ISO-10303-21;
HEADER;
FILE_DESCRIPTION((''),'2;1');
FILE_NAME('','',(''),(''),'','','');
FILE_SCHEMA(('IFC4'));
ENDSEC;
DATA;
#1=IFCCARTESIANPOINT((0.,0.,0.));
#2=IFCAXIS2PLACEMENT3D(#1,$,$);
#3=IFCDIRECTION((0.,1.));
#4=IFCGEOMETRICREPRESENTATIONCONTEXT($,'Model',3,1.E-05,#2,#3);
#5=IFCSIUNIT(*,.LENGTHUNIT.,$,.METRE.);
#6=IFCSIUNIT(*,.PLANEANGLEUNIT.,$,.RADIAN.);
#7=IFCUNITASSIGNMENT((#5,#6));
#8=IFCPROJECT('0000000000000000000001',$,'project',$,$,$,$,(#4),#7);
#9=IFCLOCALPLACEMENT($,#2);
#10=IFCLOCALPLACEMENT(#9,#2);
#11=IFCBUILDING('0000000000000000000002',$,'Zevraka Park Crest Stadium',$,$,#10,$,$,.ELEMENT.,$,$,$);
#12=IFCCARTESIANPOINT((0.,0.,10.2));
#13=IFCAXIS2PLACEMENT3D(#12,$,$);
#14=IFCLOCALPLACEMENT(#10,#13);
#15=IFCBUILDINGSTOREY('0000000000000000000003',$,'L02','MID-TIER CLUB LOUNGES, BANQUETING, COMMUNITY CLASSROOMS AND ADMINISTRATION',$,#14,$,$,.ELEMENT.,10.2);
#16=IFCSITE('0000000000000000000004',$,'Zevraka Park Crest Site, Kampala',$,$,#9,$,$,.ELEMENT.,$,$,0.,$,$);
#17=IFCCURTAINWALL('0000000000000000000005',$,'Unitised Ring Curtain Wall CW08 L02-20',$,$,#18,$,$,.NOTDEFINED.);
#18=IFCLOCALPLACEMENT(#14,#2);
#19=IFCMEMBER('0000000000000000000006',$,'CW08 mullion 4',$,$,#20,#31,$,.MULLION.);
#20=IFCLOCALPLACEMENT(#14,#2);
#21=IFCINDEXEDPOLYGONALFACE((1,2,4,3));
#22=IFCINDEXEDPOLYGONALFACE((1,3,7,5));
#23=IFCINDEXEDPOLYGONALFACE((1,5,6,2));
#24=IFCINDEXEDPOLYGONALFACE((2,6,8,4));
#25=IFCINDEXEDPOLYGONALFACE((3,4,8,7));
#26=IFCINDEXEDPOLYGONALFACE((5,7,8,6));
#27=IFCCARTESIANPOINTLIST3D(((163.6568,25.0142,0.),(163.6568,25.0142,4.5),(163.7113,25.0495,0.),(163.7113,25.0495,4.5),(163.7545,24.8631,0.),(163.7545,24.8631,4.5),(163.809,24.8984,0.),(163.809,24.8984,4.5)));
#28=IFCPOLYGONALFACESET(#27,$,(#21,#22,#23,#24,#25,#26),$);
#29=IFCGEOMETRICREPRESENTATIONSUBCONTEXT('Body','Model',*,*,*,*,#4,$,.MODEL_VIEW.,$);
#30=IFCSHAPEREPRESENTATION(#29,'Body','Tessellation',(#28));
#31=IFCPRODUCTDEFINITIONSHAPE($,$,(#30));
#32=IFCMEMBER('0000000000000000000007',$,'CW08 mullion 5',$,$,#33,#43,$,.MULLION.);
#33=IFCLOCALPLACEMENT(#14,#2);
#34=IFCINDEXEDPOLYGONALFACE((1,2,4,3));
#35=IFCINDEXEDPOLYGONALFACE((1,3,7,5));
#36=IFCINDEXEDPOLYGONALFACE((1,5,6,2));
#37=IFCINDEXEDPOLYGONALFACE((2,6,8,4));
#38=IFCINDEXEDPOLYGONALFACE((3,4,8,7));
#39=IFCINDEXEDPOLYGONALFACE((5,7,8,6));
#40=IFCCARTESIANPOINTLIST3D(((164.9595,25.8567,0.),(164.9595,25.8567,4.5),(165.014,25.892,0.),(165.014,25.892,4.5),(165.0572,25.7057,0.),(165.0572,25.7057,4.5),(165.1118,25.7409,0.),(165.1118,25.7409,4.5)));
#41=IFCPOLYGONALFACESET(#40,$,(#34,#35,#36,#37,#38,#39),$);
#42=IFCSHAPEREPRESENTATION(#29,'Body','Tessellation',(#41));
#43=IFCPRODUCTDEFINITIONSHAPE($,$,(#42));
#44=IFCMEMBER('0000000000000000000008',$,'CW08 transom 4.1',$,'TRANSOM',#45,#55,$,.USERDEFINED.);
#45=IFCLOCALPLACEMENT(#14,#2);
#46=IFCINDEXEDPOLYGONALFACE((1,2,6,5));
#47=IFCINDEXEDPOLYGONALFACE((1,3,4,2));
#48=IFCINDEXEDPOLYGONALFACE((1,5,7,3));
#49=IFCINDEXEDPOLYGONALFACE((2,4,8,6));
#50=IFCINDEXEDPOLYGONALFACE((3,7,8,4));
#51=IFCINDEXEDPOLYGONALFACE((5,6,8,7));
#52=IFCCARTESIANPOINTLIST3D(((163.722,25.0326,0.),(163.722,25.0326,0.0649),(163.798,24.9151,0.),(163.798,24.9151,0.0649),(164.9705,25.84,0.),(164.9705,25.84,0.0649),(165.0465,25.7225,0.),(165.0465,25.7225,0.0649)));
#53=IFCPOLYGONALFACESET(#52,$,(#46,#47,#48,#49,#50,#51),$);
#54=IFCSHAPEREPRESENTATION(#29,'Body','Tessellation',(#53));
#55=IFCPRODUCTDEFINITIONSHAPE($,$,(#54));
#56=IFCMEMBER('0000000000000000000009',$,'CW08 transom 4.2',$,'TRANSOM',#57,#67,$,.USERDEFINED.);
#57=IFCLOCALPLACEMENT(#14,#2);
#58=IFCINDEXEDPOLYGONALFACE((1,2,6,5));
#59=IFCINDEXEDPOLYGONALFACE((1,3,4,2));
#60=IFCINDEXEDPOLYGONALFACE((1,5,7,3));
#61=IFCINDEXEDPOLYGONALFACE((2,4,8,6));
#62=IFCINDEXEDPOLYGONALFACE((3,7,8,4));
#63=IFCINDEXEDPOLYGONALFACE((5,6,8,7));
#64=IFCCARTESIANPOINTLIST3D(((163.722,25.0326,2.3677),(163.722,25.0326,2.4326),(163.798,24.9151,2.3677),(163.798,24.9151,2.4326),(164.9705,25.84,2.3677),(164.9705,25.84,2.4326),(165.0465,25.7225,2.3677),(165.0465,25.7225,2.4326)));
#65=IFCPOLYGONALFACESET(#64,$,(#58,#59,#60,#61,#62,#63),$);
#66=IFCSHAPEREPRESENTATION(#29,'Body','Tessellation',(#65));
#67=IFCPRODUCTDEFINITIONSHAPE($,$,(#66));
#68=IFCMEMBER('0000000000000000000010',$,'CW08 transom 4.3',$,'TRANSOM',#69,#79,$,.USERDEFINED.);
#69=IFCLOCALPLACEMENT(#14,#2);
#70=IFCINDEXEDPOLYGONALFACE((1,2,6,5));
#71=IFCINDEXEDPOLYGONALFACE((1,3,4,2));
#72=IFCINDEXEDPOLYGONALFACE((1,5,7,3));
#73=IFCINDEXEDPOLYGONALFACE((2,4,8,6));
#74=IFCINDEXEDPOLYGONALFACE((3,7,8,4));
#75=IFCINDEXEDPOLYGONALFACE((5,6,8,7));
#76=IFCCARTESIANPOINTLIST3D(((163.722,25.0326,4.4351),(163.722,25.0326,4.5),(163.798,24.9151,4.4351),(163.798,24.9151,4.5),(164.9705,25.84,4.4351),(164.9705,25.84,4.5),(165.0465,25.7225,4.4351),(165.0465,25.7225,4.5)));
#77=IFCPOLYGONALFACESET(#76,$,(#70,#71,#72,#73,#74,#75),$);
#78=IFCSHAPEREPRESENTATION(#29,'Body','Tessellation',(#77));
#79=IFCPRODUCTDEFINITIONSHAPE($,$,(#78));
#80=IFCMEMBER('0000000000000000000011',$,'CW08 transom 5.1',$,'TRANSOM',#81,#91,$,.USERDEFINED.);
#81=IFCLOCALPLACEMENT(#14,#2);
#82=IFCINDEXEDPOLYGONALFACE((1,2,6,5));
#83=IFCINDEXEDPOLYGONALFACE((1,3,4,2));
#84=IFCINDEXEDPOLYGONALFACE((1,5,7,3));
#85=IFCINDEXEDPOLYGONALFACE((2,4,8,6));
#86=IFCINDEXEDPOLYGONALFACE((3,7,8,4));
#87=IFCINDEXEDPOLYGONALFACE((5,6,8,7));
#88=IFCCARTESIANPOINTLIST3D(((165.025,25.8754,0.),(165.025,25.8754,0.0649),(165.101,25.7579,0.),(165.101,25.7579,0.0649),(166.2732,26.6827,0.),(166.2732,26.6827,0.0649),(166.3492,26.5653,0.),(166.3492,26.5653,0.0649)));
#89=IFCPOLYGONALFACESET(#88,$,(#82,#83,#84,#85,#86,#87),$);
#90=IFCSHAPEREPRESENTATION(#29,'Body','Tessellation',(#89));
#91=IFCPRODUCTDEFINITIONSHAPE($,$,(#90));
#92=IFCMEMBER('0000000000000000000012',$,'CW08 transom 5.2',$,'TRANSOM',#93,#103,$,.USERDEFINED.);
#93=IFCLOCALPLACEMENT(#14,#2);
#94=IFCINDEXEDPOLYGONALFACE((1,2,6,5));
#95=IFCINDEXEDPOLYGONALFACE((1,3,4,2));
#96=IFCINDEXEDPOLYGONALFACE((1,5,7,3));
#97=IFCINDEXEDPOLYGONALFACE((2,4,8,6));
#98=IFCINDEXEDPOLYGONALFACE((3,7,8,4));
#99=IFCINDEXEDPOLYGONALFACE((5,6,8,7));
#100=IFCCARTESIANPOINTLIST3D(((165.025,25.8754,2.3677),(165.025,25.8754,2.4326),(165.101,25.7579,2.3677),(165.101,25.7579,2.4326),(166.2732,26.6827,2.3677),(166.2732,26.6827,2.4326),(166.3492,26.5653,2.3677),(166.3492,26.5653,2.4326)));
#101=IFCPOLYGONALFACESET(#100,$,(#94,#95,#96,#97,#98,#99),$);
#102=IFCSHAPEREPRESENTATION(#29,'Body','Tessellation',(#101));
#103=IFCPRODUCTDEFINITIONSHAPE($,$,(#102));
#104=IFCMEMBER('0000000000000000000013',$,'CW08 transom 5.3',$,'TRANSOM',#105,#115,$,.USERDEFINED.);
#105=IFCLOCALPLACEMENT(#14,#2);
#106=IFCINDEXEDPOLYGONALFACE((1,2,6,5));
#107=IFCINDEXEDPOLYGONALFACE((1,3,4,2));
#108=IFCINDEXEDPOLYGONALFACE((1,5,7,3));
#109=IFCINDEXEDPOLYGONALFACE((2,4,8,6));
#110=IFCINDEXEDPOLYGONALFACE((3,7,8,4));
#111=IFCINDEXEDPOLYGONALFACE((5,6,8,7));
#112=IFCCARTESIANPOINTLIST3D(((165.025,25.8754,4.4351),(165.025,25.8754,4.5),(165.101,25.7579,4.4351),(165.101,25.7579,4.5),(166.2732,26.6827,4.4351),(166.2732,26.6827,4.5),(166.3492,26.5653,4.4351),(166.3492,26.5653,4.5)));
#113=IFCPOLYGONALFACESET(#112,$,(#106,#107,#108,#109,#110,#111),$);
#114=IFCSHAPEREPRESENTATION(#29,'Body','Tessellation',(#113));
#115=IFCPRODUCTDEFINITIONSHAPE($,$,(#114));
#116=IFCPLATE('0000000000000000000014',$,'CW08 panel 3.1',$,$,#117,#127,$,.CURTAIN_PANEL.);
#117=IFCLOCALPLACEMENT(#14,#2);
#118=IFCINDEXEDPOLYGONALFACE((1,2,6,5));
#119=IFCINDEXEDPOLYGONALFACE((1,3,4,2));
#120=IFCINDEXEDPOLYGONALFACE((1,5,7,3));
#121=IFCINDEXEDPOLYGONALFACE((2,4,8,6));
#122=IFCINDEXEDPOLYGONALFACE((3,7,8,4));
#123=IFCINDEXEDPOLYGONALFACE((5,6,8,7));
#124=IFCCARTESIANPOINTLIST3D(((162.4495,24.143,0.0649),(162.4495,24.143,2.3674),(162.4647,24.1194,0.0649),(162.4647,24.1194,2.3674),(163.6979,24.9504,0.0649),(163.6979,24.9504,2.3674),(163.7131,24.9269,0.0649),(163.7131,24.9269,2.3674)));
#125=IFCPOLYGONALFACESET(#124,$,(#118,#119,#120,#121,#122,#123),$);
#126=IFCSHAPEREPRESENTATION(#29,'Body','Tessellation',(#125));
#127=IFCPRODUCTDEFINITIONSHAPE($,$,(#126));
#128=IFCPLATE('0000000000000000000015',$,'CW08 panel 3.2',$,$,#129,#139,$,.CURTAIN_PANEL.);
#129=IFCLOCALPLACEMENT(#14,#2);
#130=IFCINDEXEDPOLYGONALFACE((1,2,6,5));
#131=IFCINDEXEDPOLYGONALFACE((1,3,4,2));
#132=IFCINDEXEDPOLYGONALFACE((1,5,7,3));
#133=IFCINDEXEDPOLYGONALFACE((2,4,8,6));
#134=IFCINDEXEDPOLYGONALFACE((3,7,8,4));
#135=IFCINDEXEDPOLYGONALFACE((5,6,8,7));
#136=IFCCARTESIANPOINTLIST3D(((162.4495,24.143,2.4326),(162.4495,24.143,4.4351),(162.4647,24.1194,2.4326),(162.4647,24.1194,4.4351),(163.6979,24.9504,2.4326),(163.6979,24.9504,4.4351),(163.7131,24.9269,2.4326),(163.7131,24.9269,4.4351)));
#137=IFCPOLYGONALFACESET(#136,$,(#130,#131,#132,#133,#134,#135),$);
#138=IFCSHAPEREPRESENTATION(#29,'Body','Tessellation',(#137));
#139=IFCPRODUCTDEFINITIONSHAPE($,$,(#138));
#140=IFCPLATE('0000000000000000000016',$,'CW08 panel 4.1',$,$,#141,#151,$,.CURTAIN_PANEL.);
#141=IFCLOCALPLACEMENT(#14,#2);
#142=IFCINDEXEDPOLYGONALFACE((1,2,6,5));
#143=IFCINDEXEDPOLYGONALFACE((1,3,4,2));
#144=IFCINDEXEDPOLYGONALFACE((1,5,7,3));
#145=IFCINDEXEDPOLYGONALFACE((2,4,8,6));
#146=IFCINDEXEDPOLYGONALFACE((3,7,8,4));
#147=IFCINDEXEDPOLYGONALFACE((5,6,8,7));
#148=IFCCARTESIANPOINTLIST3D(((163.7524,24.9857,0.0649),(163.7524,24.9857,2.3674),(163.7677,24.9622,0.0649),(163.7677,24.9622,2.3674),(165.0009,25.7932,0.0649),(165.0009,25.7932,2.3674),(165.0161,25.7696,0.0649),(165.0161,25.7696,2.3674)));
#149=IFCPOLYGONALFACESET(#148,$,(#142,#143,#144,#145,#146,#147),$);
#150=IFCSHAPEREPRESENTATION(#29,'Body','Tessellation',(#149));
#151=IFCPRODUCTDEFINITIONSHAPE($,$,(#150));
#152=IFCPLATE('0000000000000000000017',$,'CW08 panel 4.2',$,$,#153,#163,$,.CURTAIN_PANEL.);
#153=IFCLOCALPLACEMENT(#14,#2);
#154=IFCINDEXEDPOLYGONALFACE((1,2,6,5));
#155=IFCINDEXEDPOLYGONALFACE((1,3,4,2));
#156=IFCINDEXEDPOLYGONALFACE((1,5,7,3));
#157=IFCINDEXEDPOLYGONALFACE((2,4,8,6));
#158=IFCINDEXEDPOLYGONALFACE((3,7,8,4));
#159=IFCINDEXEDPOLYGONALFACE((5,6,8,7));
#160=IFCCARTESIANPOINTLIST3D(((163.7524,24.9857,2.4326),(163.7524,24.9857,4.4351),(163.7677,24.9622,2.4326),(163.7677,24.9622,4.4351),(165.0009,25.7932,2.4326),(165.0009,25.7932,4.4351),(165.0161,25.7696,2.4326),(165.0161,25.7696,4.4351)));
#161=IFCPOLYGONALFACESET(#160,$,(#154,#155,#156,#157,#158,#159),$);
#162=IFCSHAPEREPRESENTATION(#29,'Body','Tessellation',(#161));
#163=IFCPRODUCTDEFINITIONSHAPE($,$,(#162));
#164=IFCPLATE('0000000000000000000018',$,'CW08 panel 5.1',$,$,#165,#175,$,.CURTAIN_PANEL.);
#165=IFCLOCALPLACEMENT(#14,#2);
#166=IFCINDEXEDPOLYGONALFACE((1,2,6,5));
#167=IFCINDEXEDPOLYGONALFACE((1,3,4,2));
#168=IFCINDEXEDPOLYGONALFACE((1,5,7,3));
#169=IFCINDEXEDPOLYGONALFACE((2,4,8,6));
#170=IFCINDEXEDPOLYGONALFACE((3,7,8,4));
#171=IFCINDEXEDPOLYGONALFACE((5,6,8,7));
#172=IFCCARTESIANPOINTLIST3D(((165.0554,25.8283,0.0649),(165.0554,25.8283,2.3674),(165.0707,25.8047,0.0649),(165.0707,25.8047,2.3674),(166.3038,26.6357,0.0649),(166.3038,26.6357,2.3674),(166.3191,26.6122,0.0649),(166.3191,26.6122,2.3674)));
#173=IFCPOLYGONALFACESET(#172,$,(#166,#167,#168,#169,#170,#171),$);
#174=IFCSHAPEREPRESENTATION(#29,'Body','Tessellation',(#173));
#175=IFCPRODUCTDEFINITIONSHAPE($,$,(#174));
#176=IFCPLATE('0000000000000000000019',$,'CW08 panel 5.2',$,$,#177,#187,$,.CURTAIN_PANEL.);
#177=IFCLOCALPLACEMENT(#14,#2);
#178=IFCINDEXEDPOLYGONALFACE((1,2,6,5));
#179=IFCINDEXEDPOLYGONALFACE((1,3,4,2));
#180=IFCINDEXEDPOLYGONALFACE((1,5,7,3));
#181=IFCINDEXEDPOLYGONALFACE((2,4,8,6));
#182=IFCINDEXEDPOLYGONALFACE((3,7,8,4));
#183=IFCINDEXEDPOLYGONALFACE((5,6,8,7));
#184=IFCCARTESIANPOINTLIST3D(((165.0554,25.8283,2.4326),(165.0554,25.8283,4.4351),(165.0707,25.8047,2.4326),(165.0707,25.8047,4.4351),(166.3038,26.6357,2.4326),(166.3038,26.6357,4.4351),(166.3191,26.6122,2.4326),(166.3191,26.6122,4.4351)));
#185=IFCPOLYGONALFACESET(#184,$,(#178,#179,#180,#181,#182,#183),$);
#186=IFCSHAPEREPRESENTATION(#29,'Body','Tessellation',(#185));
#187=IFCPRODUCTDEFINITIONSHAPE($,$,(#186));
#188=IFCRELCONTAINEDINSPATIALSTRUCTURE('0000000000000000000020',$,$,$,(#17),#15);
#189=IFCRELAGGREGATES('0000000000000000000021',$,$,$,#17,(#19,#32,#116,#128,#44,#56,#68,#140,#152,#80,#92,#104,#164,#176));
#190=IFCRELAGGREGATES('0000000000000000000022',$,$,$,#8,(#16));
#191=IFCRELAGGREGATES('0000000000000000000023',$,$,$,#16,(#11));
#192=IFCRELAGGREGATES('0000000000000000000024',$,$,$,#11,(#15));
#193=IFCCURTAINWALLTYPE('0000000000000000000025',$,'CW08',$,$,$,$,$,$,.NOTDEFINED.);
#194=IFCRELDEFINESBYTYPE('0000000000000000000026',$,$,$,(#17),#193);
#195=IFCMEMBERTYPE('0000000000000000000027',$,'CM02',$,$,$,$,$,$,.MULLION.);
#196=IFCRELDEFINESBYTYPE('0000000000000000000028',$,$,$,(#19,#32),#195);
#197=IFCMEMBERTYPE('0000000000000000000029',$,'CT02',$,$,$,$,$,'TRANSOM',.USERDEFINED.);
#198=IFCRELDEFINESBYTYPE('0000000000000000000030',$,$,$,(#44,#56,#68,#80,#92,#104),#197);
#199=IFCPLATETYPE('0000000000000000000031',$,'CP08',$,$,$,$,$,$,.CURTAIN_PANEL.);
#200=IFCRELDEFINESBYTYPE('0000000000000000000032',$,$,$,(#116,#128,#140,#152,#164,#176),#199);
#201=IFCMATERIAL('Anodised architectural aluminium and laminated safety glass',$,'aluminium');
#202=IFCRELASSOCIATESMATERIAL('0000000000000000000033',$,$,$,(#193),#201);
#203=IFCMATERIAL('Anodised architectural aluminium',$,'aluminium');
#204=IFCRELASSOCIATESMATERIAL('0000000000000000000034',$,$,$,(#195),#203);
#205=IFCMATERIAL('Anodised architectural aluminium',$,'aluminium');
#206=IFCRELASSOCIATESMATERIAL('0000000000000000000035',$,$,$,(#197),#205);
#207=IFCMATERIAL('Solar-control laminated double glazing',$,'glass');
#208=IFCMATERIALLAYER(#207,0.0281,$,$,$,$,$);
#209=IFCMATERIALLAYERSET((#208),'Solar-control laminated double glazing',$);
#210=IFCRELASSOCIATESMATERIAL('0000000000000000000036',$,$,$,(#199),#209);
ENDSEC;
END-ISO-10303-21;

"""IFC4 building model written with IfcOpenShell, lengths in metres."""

from ifc_helpers import new_model, si_unit, direction, frame, origin, origin_2d, place, context, subcontext, project, spatial, rectangle, extrude, material, layer, layer_set, material_profile, profile_set, type_object, element, aggregate, save


model = new_model("IFC4")

# Units and contexts
model_context = context("Model", 3, precision=1e-05, world=origin(), true_north=direction((0.0, 1.0)))
body_context = subcontext(model_context, "Body", "Model", "MODEL_VIEW")
ifc_project = project(units=[si_unit("LENGTHUNIT", "METRE"), si_unit("PLANEANGLEUNIT", "RADIAN")], contexts=[model_context])

# Site, building, storey
site_placement = place(None, origin())
site = spatial("IfcSite", under=ifc_project, at=site_placement, Name="Zevraka Park Crest Site, Kampala", CompositionType="ELEMENT", RefElevation=0.0)
building_placement = place(site_placement, origin())
building = spatial("IfcBuilding", under=site, at=building_placement, Name="Zevraka Park Crest Stadium", CompositionType="ELEMENT")
storey_placement = place(building_placement, frame((0.0, 0.0, 10.2)))
storey = spatial("IfcBuildingStorey", under=building, at=storey_placement, Name="L02", Description="MID-TIER CLUB LOUNGES, BANQUETING, COMMUNITY CLASSROOMS AND ADMINISTRATION", CompositionType="ELEMENT", Elevation=10.2)

# Curtain wall, members, plates
ifc_material_1 = material(Name="Anodised architectural aluminium and laminated safety glass", Category="aluminium")
curtain_wall_type = type_object("IfcCurtainWallType", Name="CW08", PredefinedType="NOTDEFINED", material=ifc_material_1)
curtain_wall_placement = place(storey_placement, origin())
curtain_wall = element("IfcCurtainWall", 1, at=curtain_wall_placement, inside=storey, type_object=curtain_wall_type, Name="Unitised Ring Curtain Wall CW08 L02-20", PredefinedType="NOTDEFINED")
ifc_material_2 = material(Name="Anodised architectural aluminium", Category="aluminium")
ifc_material_profile_1 = material_profile(ifc_material_2, rectangle(XDim=0.1799, YDim=0.0649, at=origin_2d()), Name="ALU MULLION 180x65")
ifc_profile_set_1 = profile_set([ifc_material_profile_1], Name="Anodised architectural aluminium")
member_type_1 = type_object("IfcMemberType", Name="CM02", PredefinedType="MULLION", material=ifc_profile_set_1)
member_1_placement = place(storey_placement, frame((163.7329, 24.9563, 0.0), z_axis=(0.0, 0.0, 1.0), x_axis=(-0.543096, 0.83967, 0.0)))
member_1 = element("IfcMember", 2, at=member_1_placement, type_object=member_type_1, Name="CW08 mullion 4", PredefinedType="MULLION", context=body_context, shape_type="SweptSolid", body=[
    extrude(rectangle(XDim=0.1799, YDim=0.0649, at=origin_2d()), origin(), (0.0, 0.0, 1.0), 4.5),
])
member_2_placement = place(storey_placement, frame((165.0356, 25.7988, 0.0), z_axis=(0.0, 0.0, 1.0), x_axis=(-0.543096, 0.83967, 0.0)))
member_2 = element("IfcMember", 3, at=member_2_placement, type_object=member_type_1, Name="CW08 mullion 5", PredefinedType="MULLION", context=body_context, shape_type="SweptSolid", body=[
    extrude(rectangle(XDim=0.1799, YDim=0.0649, at=origin_2d()), origin(), (0.0, 0.0, 1.0), 4.5),
])
ifc_material_3 = material(Name="Anodised architectural aluminium", Category="aluminium")
ifc_material_profile_2 = material_profile(ifc_material_3, rectangle(XDim=0.1399, YDim=0.0649, at=origin_2d()), Name="ALU TRANSOM 140x65")
ifc_profile_set_2 = profile_set([ifc_material_profile_2], Name="Anodised architectural aluminium")
member_type_2 = type_object("IfcMemberType", Name="CT02", ElementType="TRANSOM", PredefinedType="USERDEFINED", material=ifc_profile_set_2)
member_3_placement = place(storey_placement, frame((163.76, 24.9739, 0.0325), z_axis=(0.839724, 0.543013, 0.0), x_axis=(-0.543013, 0.839724, 0.0)))
member_3 = element("IfcMember", 4, at=member_3_placement, type_object=member_type_2, Name="CW08 transom 4.1", ObjectType="TRANSOM", PredefinedType="USERDEFINED", context=body_context, shape_type="SweptSolid", body=[
    extrude(rectangle(XDim=0.1399, YDim=0.0649, at=origin_2d()), origin(), (0.0, 0.0, 1.0), 1.4868),
])
member_4_placement = place(storey_placement, frame((163.76, 24.9739, 2.4001), z_axis=(0.839724, 0.543013, 0.0), x_axis=(-0.543013, 0.839724, 0.0)))
member_4 = element("IfcMember", 5, at=member_4_placement, type_object=member_type_2, Name="CW08 transom 4.2", ObjectType="TRANSOM", PredefinedType="USERDEFINED", context=body_context, shape_type="SweptSolid", body=[
    extrude(rectangle(XDim=0.1399, YDim=0.0649, at=origin_2d()), origin(), (0.0, 0.0, 1.0), 1.4868),
])
member_5_placement = place(storey_placement, frame((163.76, 24.9739, 4.4675), z_axis=(0.839724, 0.543013, 0.0), x_axis=(-0.543013, 0.839724, 0.0)))
member_5 = element("IfcMember", 6, at=member_5_placement, type_object=member_type_2, Name="CW08 transom 4.3", ObjectType="TRANSOM", PredefinedType="USERDEFINED", context=body_context, shape_type="SweptSolid", body=[
    extrude(rectangle(XDim=0.1399, YDim=0.0649, at=origin_2d()), origin(), (0.0, 0.0, 1.0), 1.4868),
])
member_6_placement = place(storey_placement, frame((165.063, 25.8167, 0.0325), z_axis=(0.839676, 0.543088, 0.0), x_axis=(-0.543088, 0.839676, 0.0)))
member_6 = element("IfcMember", 7, at=member_6_placement, type_object=member_type_2, Name="CW08 transom 5.1", ObjectType="TRANSOM", PredefinedType="USERDEFINED", context=body_context, shape_type="SweptSolid", body=[
    extrude(rectangle(XDim=0.1399, YDim=0.0649, at=origin_2d()), origin(), (0.0, 0.0, 1.0), 1.4866),
])
member_7_placement = place(storey_placement, frame((165.063, 25.8167, 2.4001), z_axis=(0.839676, 0.543088, 0.0), x_axis=(-0.543088, 0.839676, 0.0)))
member_7 = element("IfcMember", 8, at=member_7_placement, type_object=member_type_2, Name="CW08 transom 5.2", ObjectType="TRANSOM", PredefinedType="USERDEFINED", context=body_context, shape_type="SweptSolid", body=[
    extrude(rectangle(XDim=0.1399, YDim=0.0649, at=origin_2d()), origin(), (0.0, 0.0, 1.0), 1.4866),
])
member_8_placement = place(storey_placement, frame((165.063, 25.8167, 4.4675), z_axis=(0.839676, 0.543088, 0.0), x_axis=(-0.543088, 0.839676, 0.0)))
member_8 = element("IfcMember", 9, at=member_8_placement, type_object=member_type_2, Name="CW08 transom 5.3", ObjectType="TRANSOM", PredefinedType="USERDEFINED", context=body_context, shape_type="SweptSolid", body=[
    extrude(rectangle(XDim=0.1399, YDim=0.0649, at=origin_2d()), origin(), (0.0, 0.0, 1.0), 1.4866),
])
ifc_material_4 = material(Name="Solar-control laminated double glazing", Category="glass")
ifc_layer_1 = layer(ifc_material_4, 0.0281)
ifc_layer_set_1 = layer_set([ifc_layer_1], Name="Solar-control laminated double glazing")
plate_type = type_object("IfcPlateType", Name="CP08", PredefinedType="CURTAIN_PANEL", material=ifc_layer_set_1)
plate_1_placement = place(storey_placement, frame((163.0813, 24.5349, 0.0649), z_axis=(0.0, 0.0, 1.0), x_axis=(0.83967, 0.543096, 0.0)))
plate_1 = element("IfcPlate", 10, at=plate_1_placement, type_object=plate_type, Name="CW08 panel 3.1", PredefinedType="CURTAIN_PANEL", context=body_context, shape_type="SweptSolid", body=[
    extrude(rectangle(XDim=1.4868, YDim=0.0281, at=origin_2d()), origin(), (0.0, 0.0, 1.0), 2.3025),
])
plate_2_placement = place(storey_placement, frame((163.0813, 24.5349, 2.4326), z_axis=(0.0, 0.0, 1.0), x_axis=(0.83967, 0.543096, 0.0)))
plate_2 = element("IfcPlate", 11, at=plate_2_placement, type_object=plate_type, Name="CW08 panel 3.2", PredefinedType="CURTAIN_PANEL", context=body_context, shape_type="SweptSolid", body=[
    extrude(rectangle(XDim=1.4868, YDim=0.0281, at=origin_2d()), origin(), (0.0, 0.0, 1.0), 2.0024),
])
plate_3_placement = place(storey_placement, frame((164.3843, 25.3777, 0.0649), z_axis=(0.0, 0.0, 1.0), x_axis=(0.83967, 0.543096, 0.0)))
plate_3 = element("IfcPlate", 12, at=plate_3_placement, type_object=plate_type, Name="CW08 panel 4.1", PredefinedType="CURTAIN_PANEL", context=body_context, shape_type="SweptSolid", body=[
    extrude(rectangle(XDim=1.4868, YDim=0.0281, at=origin_2d()), origin(), (0.0, 0.0, 1.0), 2.3025),
])
plate_4_placement = place(storey_placement, frame((164.3843, 25.3777, 2.4326), z_axis=(0.0, 0.0, 1.0), x_axis=(0.83967, 0.543096, 0.0)))
plate_4 = element("IfcPlate", 13, at=plate_4_placement, type_object=plate_type, Name="CW08 panel 4.2", PredefinedType="CURTAIN_PANEL", context=body_context, shape_type="SweptSolid", body=[
    extrude(rectangle(XDim=1.4868, YDim=0.0281, at=origin_2d()), origin(), (0.0, 0.0, 1.0), 2.0024),
])
plate_5_placement = place(storey_placement, frame((165.6873, 26.2202, 0.0649), z_axis=(0.0, 0.0, 1.0), x_axis=(0.83967, 0.543096, 0.0)))
plate_5 = element("IfcPlate", 14, at=plate_5_placement, type_object=plate_type, Name="CW08 panel 5.1", PredefinedType="CURTAIN_PANEL", context=body_context, shape_type="SweptSolid", body=[
    extrude(rectangle(XDim=1.4868, YDim=0.0281, at=origin_2d()), origin(), (0.0, 0.0, 1.0), 2.3025),
])
plate_6_placement = place(storey_placement, frame((165.6873, 26.2202, 2.4326), z_axis=(0.0, 0.0, 1.0), x_axis=(0.83967, 0.543096, 0.0)))
plate_6 = element("IfcPlate", 15, at=plate_6_placement, type_object=plate_type, Name="CW08 panel 5.2", PredefinedType="CURTAIN_PANEL", context=body_context, shape_type="SweptSolid", body=[
    extrude(rectangle(XDim=1.4868, YDim=0.0281, at=origin_2d()), origin(), (0.0, 0.0, 1.0), 2.0024),
])
aggregate(curtain_wall, [member_1, member_2, plate_1, plate_2, member_3, member_4, member_5, plate_3, plate_4, member_6, member_7, member_8, plate_5, plate_6])

save(model, "model.ifc")
